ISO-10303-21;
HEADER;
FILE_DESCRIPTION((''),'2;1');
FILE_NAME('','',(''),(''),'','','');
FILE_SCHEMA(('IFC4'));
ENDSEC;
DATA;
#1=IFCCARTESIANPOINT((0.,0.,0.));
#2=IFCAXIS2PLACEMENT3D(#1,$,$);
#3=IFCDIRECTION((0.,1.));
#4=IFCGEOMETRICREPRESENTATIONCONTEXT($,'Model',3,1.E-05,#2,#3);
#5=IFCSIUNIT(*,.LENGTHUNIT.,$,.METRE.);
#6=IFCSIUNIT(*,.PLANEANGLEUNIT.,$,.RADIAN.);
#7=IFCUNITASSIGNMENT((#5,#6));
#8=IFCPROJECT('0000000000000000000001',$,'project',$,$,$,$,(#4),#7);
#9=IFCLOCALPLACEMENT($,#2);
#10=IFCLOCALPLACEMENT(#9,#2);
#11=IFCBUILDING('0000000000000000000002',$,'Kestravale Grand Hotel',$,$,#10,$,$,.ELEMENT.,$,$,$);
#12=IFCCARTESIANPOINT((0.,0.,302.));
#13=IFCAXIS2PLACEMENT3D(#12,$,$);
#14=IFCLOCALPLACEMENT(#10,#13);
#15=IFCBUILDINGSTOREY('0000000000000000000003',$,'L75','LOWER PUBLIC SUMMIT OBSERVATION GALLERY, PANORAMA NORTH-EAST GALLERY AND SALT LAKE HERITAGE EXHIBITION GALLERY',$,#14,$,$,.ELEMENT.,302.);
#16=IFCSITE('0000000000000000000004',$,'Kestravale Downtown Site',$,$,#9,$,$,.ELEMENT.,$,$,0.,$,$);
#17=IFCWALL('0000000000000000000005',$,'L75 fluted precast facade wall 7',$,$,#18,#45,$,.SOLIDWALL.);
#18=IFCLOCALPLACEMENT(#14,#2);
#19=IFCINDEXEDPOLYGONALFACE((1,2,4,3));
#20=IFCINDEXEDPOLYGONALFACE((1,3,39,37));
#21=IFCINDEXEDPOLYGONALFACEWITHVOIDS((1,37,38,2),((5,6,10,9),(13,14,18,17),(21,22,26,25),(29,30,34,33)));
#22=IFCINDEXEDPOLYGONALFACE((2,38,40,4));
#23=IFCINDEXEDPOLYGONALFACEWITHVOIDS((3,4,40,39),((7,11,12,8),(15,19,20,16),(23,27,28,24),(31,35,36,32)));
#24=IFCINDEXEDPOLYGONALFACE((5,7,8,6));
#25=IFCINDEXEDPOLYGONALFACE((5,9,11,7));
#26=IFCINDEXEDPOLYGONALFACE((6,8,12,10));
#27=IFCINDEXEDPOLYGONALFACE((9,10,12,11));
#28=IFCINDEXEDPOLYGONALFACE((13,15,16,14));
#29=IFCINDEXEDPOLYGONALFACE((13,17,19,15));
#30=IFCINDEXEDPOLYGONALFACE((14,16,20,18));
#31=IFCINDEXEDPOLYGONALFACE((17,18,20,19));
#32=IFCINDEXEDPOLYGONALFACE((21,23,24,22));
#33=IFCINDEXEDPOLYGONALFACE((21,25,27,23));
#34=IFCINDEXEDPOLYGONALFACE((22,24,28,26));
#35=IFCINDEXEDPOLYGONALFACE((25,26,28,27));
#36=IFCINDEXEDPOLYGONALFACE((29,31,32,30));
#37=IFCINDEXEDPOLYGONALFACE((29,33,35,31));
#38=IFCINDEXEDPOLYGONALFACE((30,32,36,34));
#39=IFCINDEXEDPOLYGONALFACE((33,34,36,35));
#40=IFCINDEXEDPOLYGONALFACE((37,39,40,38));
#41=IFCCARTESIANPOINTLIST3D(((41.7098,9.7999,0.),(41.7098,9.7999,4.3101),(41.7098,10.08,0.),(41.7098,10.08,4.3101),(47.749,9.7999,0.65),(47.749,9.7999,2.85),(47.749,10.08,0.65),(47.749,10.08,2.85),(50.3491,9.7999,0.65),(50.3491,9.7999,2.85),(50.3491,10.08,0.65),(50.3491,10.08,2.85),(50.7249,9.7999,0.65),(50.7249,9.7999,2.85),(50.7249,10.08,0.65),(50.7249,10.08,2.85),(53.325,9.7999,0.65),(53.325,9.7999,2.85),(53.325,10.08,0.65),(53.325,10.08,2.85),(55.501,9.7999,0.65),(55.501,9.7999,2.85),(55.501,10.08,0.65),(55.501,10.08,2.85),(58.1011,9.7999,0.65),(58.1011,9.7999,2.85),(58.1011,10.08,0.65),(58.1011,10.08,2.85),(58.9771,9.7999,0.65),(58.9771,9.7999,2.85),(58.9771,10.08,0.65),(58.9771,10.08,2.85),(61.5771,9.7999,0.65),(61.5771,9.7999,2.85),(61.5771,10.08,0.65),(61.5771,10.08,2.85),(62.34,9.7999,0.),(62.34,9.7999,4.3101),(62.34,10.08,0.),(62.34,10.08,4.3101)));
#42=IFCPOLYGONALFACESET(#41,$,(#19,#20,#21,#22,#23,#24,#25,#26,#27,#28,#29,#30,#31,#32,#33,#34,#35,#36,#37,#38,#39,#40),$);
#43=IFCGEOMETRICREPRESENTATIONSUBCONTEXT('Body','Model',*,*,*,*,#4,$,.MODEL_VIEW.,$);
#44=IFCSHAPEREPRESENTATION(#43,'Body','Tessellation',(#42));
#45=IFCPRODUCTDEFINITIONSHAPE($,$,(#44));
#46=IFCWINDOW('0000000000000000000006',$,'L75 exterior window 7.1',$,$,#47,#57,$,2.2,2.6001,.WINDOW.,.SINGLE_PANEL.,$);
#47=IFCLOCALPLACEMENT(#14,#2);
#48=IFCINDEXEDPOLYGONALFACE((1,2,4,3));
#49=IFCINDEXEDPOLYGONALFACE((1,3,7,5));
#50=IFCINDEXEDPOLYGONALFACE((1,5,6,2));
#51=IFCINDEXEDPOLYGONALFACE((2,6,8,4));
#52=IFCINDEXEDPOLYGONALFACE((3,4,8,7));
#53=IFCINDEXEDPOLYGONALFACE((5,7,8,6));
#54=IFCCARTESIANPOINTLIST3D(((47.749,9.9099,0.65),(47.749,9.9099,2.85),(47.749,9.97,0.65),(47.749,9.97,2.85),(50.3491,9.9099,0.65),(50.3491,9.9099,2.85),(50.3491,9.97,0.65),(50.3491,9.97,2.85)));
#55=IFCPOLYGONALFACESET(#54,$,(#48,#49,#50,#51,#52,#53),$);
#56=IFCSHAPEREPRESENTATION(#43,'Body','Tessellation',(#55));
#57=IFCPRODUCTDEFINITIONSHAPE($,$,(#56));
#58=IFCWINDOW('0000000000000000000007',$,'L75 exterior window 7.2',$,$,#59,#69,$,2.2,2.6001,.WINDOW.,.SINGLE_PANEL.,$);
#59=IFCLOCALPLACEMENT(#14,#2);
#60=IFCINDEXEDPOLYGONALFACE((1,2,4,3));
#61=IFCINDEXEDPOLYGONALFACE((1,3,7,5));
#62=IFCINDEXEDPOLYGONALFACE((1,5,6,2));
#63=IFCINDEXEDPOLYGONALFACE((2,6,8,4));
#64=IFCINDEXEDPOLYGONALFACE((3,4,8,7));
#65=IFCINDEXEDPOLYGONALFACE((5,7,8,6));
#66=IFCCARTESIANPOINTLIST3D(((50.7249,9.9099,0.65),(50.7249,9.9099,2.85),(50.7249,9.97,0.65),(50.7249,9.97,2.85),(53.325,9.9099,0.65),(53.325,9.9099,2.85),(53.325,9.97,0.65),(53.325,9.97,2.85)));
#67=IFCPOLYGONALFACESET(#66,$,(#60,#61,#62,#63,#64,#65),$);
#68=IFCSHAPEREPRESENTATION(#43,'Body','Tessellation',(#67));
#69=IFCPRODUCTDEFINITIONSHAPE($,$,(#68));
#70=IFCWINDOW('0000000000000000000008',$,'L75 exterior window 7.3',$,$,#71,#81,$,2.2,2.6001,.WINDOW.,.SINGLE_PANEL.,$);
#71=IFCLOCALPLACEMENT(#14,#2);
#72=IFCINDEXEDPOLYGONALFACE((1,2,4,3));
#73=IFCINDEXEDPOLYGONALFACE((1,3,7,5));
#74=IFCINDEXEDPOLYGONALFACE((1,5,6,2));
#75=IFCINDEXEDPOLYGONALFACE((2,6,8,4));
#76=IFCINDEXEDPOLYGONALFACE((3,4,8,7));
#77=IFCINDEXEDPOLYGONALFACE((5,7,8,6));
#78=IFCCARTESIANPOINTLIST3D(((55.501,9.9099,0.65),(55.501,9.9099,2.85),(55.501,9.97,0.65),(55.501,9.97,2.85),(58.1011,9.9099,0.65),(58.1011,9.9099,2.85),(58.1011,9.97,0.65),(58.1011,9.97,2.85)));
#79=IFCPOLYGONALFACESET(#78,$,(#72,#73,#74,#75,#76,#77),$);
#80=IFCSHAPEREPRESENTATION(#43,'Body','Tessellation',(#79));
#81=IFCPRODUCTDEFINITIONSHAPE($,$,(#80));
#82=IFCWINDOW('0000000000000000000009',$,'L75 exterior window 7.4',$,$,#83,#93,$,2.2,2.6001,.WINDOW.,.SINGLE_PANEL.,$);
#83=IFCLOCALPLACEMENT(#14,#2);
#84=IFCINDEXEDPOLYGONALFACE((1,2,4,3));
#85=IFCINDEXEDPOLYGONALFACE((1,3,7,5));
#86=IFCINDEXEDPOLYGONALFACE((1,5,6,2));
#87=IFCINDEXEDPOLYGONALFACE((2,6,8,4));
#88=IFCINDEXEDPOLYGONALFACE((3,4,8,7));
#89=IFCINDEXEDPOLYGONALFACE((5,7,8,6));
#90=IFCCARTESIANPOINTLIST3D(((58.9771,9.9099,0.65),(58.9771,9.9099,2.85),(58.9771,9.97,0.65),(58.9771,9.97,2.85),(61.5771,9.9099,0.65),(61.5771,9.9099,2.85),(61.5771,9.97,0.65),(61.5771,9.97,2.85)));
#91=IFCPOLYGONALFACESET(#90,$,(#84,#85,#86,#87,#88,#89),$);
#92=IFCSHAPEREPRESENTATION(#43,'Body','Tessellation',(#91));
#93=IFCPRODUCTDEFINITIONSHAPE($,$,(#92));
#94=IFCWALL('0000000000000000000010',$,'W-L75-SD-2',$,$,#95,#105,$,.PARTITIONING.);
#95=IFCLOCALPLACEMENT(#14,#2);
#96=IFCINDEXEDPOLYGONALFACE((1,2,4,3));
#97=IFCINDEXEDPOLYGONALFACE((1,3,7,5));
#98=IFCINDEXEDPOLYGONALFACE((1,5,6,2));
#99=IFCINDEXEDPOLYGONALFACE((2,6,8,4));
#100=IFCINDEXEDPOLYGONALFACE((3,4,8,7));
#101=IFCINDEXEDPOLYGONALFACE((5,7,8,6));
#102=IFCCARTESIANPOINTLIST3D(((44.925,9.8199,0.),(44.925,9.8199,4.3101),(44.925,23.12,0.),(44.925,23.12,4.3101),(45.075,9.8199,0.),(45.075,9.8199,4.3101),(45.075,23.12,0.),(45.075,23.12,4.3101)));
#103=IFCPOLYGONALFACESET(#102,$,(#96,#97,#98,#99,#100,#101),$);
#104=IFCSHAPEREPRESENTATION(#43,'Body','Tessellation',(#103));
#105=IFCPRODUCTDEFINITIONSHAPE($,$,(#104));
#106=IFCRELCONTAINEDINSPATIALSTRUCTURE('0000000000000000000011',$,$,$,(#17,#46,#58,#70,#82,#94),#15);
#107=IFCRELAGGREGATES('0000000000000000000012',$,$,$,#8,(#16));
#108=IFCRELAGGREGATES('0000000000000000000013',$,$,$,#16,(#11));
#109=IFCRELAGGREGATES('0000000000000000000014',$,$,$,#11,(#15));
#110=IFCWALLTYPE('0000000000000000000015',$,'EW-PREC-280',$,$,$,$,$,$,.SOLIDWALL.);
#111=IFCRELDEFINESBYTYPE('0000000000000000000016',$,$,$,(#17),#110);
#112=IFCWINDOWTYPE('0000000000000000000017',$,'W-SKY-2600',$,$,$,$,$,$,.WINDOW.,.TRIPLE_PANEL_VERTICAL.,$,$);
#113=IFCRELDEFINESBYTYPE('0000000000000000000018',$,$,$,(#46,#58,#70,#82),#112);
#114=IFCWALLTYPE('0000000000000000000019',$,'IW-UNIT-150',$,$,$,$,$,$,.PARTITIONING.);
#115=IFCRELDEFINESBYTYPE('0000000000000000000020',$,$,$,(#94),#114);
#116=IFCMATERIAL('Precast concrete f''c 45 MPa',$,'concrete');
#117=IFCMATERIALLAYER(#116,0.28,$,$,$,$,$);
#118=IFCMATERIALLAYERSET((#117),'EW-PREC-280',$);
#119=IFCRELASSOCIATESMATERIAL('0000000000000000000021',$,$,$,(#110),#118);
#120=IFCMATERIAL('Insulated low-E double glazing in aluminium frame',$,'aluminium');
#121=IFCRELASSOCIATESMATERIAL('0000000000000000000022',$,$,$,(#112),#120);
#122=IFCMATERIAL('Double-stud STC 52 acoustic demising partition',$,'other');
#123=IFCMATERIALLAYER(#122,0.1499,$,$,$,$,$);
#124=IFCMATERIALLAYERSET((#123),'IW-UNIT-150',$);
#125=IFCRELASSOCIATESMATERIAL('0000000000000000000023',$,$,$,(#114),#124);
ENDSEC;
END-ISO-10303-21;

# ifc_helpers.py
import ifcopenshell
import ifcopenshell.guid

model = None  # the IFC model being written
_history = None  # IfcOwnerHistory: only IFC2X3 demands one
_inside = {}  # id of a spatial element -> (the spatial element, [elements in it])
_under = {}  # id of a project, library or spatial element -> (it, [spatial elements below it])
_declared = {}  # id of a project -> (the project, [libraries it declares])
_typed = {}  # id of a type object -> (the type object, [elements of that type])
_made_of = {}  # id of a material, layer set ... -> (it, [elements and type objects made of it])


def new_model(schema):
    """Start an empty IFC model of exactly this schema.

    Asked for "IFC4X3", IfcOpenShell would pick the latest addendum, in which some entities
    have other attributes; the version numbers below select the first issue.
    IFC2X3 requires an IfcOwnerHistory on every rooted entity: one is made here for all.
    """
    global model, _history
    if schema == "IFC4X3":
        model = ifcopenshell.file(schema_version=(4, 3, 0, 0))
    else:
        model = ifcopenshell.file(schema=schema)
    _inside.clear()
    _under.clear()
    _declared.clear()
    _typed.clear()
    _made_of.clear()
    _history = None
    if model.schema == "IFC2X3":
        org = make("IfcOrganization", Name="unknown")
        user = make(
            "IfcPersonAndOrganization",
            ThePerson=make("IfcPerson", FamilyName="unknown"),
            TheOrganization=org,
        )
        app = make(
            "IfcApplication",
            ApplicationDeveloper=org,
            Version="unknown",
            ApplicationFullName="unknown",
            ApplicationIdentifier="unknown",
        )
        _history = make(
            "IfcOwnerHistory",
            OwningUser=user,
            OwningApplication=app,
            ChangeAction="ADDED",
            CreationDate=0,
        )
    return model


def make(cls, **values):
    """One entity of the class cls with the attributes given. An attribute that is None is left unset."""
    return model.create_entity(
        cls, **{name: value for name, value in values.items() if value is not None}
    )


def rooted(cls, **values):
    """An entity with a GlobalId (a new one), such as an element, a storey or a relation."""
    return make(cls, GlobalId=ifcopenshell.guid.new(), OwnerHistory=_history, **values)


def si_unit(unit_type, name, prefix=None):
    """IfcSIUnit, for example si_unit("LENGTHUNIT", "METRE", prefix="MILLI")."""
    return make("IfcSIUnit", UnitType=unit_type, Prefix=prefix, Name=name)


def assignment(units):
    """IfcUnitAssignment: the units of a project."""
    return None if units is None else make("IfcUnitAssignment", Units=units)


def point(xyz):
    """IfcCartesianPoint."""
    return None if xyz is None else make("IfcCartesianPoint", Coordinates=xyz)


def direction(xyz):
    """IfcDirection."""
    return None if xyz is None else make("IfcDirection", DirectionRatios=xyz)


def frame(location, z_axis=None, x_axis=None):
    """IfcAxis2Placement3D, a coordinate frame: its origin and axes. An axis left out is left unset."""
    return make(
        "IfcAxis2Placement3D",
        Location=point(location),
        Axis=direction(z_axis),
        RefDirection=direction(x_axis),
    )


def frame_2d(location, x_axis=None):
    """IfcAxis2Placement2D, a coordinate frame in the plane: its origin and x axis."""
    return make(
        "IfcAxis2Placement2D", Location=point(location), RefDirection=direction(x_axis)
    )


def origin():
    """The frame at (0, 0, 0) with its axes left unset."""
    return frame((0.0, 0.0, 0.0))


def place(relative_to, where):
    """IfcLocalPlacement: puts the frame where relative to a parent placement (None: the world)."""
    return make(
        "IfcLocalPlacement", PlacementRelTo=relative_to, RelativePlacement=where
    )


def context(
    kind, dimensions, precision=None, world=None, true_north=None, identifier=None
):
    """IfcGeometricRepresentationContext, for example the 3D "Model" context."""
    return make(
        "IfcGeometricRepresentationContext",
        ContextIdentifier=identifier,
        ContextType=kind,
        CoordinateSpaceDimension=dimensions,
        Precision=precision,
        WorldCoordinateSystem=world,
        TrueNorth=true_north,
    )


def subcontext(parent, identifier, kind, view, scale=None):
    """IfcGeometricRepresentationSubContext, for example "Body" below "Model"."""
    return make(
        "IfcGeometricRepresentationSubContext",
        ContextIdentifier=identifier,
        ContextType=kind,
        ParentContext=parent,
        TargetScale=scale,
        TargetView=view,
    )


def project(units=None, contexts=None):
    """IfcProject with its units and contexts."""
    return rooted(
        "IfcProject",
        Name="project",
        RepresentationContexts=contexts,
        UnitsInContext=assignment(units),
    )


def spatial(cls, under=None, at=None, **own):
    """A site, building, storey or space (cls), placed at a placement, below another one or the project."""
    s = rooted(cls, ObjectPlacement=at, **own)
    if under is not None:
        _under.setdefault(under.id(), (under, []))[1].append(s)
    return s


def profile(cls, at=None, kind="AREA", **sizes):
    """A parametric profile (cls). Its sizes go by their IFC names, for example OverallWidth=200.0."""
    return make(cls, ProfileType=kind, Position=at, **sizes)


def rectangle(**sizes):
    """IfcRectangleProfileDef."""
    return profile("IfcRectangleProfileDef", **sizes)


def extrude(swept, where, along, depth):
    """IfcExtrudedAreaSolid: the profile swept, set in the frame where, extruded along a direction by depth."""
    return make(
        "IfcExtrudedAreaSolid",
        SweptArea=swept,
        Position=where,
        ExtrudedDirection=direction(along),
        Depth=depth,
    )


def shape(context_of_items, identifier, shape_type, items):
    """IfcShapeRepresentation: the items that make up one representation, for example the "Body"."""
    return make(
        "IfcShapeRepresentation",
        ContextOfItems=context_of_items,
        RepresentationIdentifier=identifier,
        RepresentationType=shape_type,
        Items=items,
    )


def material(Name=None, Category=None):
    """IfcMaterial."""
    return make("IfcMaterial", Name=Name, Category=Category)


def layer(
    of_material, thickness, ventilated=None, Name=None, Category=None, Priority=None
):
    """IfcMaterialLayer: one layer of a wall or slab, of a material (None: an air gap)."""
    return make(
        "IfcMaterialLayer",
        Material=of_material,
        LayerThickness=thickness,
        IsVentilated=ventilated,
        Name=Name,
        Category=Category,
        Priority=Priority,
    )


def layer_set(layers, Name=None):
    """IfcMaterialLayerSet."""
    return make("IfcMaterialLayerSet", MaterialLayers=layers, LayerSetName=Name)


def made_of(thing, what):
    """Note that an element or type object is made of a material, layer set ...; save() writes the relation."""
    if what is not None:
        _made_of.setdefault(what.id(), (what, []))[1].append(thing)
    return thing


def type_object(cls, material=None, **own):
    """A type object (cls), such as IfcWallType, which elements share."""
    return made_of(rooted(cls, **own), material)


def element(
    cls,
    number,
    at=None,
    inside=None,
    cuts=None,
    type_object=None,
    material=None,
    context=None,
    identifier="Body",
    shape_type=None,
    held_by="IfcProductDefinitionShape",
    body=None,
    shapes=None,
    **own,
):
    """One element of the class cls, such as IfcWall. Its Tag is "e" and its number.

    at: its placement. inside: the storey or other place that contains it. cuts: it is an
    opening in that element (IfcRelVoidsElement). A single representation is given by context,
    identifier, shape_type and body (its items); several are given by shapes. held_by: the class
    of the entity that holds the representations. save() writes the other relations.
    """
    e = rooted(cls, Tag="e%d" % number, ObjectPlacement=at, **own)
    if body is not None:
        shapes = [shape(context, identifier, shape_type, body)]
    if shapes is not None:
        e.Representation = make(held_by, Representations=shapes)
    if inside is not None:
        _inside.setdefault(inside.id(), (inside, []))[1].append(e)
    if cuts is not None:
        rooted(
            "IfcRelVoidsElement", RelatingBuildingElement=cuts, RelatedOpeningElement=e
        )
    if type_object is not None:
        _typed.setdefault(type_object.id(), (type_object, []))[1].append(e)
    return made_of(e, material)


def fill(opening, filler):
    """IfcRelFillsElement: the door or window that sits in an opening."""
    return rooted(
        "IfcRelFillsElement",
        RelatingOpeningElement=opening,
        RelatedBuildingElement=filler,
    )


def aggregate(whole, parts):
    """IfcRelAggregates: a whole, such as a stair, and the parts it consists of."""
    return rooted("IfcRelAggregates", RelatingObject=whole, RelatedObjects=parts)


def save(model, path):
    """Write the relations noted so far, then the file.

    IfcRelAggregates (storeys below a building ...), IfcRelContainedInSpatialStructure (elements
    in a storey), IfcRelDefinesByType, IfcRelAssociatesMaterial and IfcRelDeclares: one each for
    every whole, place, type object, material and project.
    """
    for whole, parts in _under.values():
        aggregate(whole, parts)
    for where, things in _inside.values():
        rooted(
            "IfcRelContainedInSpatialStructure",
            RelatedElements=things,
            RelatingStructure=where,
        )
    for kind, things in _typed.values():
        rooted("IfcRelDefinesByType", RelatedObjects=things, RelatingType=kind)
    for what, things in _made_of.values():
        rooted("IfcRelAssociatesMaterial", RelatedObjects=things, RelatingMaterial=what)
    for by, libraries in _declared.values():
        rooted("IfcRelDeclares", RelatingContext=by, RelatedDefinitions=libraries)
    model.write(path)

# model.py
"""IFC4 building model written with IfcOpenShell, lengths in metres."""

from ifc_helpers import new_model, si_unit, direction, frame, frame_2d, origin, place, context, subcontext, project, spatial, rectangle, extrude, material, layer, layer_set, type_object, element, fill, save


model = new_model("IFC4")

# Units and contexts
model_context = context("Model", 3, precision=1e-05, world=origin(), true_north=direction((0.0, 1.0)))
body_context = subcontext(model_context, "Body", "Model", "MODEL_VIEW")
ifc_project = project(units=[si_unit("LENGTHUNIT", "METRE"), si_unit("PLANEANGLEUNIT", "RADIAN")], contexts=[model_context])

# Site, building, storey
site_placement = place(None, origin())
site = spatial("IfcSite", under=ifc_project, at=site_placement, Name="Kestravale Downtown Site", CompositionType="ELEMENT", RefElevation=0.0)
building_placement = place(site_placement, origin())
building = spatial("IfcBuilding", under=site, at=building_placement, Name="Kestravale Grand Hotel", CompositionType="ELEMENT")
storey_placement = place(building_placement, frame((0.0, 0.0, 302.0)))
storey = spatial("IfcBuildingStorey", under=building, at=storey_placement, Name="L75", Description="LOWER PUBLIC SUMMIT OBSERVATION GALLERY, PANORAMA NORTH-EAST GALLERY AND SALT LAKE HERITAGE EXHIBITION GALLERY", CompositionType="ELEMENT", Elevation=302.0)

# Shared definitions
ifc_material_1 = material(Name="Precast concrete f'c 45 MPa", Category="concrete")
ifc_layer_1 = layer(ifc_material_1, 0.28)
ifc_layer_set_1 = layer_set([ifc_layer_1], Name="EW-PREC-280")
wall_type_1 = type_object("IfcWallType", Name="EW-PREC-280", PredefinedType="SOLIDWALL", material=ifc_layer_set_1)
ifc_material_2 = material(Name="Insulated low-E double glazing in aluminium frame", Category="aluminium")
window_type = type_object("IfcWindowType", Name="W-SKY-2600", PartitioningType="TRIPLE_PANEL_VERTICAL", PredefinedType="WINDOW", material=ifc_material_2)

# Wall, openings, windows
wall_1_placement = place(storey_placement, frame((41.71, 9.9399, 0.0), z_axis=(0.0, 0.0, 1.0), x_axis=(1.0, 0.0, 0.0)))
wall_1 = element("IfcWall", 1, at=wall_1_placement, inside=storey, type_object=wall_type_1, Name="L75 fluted precast facade wall 7", PredefinedType="SOLIDWALL", context=body_context, shape_type="SweptSolid", body=[
    extrude(rectangle(XDim=20.6301, YDim=0.28, at=frame_2d((10.3149, 0.0))), origin(), (0.0, 0.0, 1.0), 4.3101),
])
opening_1_placement = place(wall_1_placement, frame((6.0391, 0.0, 0.6499)))
opening_1 = element("IfcOpeningElement", 2, at=opening_1_placement, cuts=wall_1, PredefinedType="OPENING", context=body_context, shape_type="SweptSolid", body=[
    extrude(rectangle(XDim=2.6001, YDim=2.2, at=frame_2d((1.3, 1.1001))), frame((0.0, 0.1499, 0.0), z_axis=(0.0, -1.0, 0.0), x_axis=(1.0, 0.0, 0.0)), (0.0, 0.0, 1.0), 0.3),
])
opening_2_placement = place(wall_1_placement, frame((9.0149, 0.0, 0.6499)))
opening_2 = element("IfcOpeningElement", 3, at=opening_2_placement, cuts=wall_1, PredefinedType="OPENING", context=body_context, shape_type="SweptSolid", body=[
    extrude(rectangle(XDim=2.6001, YDim=2.2, at=frame_2d((1.3, 1.1001))), frame((0.0, 0.1499, 0.0), z_axis=(0.0, -1.0, 0.0), x_axis=(1.0, 0.0, 0.0)), (0.0, 0.0, 1.0), 0.3),
])
opening_3_placement = place(wall_1_placement, frame((13.791, 0.0, 0.6499)))
opening_3 = element("IfcOpeningElement", 4, at=opening_3_placement, cuts=wall_1, PredefinedType="OPENING", context=body_context, shape_type="SweptSolid", body=[
    extrude(rectangle(XDim=2.6001, YDim=2.2, at=frame_2d((1.3, 1.1001))), frame((0.0, 0.1499, 0.0), z_axis=(0.0, -1.0, 0.0), x_axis=(1.0, 0.0, 0.0)), (0.0, 0.0, 1.0), 0.3),
])
opening_4_placement = place(wall_1_placement, frame((17.2671, 0.0, 0.6499)))
opening_4 = element("IfcOpeningElement", 5, at=opening_4_placement, cuts=wall_1, PredefinedType="OPENING", context=body_context, shape_type="SweptSolid", body=[
    extrude(rectangle(XDim=2.6001, YDim=2.2, at=frame_2d((1.3, 1.1001))), frame((0.0, 0.1499, 0.0), z_axis=(0.0, -1.0, 0.0), x_axis=(1.0, 0.0, 0.0)), (0.0, 0.0, 1.0), 0.3),
])
window_1_placement = place(opening_1_placement, origin())
window_1 = element("IfcWindow", 6, at=window_1_placement, inside=storey, type_object=window_type, Name="L75 exterior window 7.1", OverallHeight=2.2, OverallWidth=2.6001, PartitioningType="SINGLE_PANEL", PredefinedType="WINDOW", context=body_context, shape_type="SweptSolid", body=[
    extrude(rectangle(XDim=2.6001, YDim=2.2, at=frame_2d((1.3, 1.1001))), frame((0.0, 0.03, 0.0), z_axis=(0.0, -1.0, 0.0), x_axis=(1.0, 0.0, 0.0)), (0.0, 0.0, 1.0), 0.0601),
])
fill(opening_1, window_1)
window_2_placement = place(opening_2_placement, origin())
window_2 = element("IfcWindow", 7, at=window_2_placement, inside=storey, type_object=window_type, Name="L75 exterior window 7.2", OverallHeight=2.2, OverallWidth=2.6001, PartitioningType="SINGLE_PANEL", PredefinedType="WINDOW", context=body_context, shape_type="SweptSolid", body=[
    extrude(rectangle(XDim=2.6001, YDim=2.2, at=frame_2d((1.3, 1.1001))), frame((0.0, 0.03, 0.0), z_axis=(0.0, -1.0, 0.0), x_axis=(1.0, 0.0, 0.0)), (0.0, 0.0, 1.0), 0.0601),
])
fill(opening_2, window_2)
window_3_placement = place(opening_3_placement, origin())
window_3 = element("IfcWindow", 8, at=window_3_placement, inside=storey, type_object=window_type, Name="L75 exterior window 7.3", OverallHeight=2.2, OverallWidth=2.6001, PartitioningType="SINGLE_PANEL", PredefinedType="WINDOW", context=body_context, shape_type="SweptSolid", body=[
    extrude(rectangle(XDim=2.6001, YDim=2.2, at=frame_2d((1.3, 1.1001))), frame((0.0, 0.03, 0.0), z_axis=(0.0, -1.0, 0.0), x_axis=(1.0, 0.0, 0.0)), (0.0, 0.0, 1.0), 0.0601),
])
fill(opening_3, window_3)
window_4_placement = place(opening_4_placement, origin())
window_4 = element("IfcWindow", 9, at=window_4_placement, inside=storey, type_object=window_type, Name="L75 exterior window 7.4", OverallHeight=2.2, OverallWidth=2.6001, PartitioningType="SINGLE_PANEL", PredefinedType="WINDOW", context=body_context, shape_type="SweptSolid", body=[
    extrude(rectangle(XDim=2.6001, YDim=2.2, at=frame_2d((1.3, 1.1001))), frame((0.0, 0.03, 0.0), z_axis=(0.0, -1.0, 0.0), x_axis=(1.0, 0.0, 0.0)), (0.0, 0.0, 1.0), 0.0601),
])
fill(opening_4, window_4)

# Wall
ifc_material_3 = material(Name="Double-stud STC 52 acoustic demising partition", Category="other")
ifc_layer_2 = layer(ifc_material_3, 0.1499)
ifc_layer_set_2 = layer_set([ifc_layer_2], Name="IW-UNIT-150")
wall_type_2 = type_object("IfcWallType", Name="IW-UNIT-150", PredefinedType="PARTITIONING", material=ifc_layer_set_2)
wall_2_placement = place(storey_placement, frame((45.0, 9.8201, 0.0), z_axis=(0.0, 0.0, 1.0), x_axis=(0.0, 1.0, 0.0)))
element("IfcWall", 10, at=wall_2_placement, inside=storey, type_object=wall_type_2, Name="W-L75-SD-2", PredefinedType="PARTITIONING", context=body_context, shape_type="SweptSolid", body=[
    extrude(rectangle(XDim=13.3, YDim=0.1499, at=frame_2d((6.6499, 0.0))), origin(), (0.0, 0.0, 1.0), 4.3101),
])

save(model, "model.ifc")
